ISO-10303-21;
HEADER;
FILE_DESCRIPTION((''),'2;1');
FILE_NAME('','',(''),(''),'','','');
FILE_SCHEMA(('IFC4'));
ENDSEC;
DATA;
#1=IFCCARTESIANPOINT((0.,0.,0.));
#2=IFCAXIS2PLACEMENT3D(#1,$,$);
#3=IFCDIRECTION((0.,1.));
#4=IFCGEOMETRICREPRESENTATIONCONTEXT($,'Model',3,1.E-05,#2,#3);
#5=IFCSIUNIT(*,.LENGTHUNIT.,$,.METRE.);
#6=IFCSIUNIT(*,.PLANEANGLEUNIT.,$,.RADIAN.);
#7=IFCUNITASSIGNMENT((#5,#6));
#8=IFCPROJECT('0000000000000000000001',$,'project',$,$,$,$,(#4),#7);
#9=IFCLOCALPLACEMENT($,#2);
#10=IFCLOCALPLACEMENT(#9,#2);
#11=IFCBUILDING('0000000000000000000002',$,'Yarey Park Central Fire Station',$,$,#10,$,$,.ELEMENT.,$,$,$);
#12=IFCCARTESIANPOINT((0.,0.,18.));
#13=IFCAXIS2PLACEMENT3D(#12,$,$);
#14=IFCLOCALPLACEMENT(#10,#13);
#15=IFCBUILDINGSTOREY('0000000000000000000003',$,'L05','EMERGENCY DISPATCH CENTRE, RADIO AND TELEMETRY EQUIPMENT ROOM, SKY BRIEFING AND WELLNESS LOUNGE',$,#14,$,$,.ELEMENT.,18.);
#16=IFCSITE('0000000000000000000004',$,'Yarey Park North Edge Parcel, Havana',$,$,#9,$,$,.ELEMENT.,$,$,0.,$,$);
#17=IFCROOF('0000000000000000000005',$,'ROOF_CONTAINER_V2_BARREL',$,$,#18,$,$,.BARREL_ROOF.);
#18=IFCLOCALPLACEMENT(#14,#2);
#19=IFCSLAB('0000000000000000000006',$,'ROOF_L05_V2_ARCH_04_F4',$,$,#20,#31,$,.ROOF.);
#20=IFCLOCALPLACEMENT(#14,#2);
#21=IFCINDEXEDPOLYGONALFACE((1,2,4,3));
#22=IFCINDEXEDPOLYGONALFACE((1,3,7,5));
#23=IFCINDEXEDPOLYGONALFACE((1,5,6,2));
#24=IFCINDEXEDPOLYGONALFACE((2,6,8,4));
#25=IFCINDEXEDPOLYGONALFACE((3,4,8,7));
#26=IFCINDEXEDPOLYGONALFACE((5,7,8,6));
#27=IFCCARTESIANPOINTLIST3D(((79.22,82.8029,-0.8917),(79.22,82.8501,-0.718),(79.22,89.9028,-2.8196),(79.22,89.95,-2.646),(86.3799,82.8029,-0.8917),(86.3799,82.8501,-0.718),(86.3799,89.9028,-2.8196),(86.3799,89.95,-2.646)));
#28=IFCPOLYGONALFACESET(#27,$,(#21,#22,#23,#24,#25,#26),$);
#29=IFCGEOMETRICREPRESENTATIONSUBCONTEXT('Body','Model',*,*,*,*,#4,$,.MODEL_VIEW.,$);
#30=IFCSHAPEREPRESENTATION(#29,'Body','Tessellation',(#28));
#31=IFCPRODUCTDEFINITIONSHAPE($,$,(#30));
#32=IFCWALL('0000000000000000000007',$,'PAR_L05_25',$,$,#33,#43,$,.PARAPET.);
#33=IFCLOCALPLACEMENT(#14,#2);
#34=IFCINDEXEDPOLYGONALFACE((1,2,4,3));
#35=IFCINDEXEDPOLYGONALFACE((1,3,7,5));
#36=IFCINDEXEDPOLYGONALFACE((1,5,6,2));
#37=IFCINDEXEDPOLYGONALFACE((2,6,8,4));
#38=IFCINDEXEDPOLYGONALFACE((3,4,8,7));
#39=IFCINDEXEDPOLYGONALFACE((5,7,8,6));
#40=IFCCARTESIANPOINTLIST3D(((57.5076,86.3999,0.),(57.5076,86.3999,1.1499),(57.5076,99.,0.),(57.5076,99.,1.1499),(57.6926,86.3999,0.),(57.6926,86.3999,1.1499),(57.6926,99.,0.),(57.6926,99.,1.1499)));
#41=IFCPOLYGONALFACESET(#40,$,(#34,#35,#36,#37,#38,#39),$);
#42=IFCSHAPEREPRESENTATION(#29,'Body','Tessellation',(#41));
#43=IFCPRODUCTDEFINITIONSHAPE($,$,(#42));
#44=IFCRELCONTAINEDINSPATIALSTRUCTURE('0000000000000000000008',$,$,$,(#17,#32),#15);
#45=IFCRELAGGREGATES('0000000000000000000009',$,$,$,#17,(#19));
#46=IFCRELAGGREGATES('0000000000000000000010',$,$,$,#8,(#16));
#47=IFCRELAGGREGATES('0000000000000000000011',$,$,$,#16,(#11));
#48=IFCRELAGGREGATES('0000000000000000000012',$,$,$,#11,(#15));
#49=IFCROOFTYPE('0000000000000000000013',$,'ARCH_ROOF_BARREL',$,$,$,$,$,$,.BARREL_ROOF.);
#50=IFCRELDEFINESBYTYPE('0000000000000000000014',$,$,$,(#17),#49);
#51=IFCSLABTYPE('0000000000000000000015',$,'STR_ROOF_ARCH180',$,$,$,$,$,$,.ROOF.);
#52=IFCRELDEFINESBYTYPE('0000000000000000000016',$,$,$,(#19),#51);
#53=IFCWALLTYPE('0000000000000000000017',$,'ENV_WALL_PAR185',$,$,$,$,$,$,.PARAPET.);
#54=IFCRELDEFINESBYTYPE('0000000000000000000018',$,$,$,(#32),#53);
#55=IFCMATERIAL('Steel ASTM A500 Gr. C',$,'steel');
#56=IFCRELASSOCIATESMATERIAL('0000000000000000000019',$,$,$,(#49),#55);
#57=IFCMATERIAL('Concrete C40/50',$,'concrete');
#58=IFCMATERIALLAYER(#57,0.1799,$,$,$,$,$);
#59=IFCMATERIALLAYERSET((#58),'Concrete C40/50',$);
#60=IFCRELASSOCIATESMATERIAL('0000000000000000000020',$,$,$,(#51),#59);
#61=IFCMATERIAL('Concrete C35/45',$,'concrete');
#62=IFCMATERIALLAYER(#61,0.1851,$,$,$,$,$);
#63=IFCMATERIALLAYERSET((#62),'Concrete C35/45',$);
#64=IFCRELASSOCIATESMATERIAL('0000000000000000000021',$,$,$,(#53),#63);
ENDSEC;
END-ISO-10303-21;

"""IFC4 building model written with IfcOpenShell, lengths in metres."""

from ifc_helpers import new_model, si_unit, direction, frame, frame_2d, origin, place, context, subcontext, project, spatial, polyline, rectangle, outline, extrude, material, layer, layer_set, type_object, element, aggregate, save


model = new_model("IFC4")

# Units and contexts
model_context = context("Model", 3, precision=1e-05, world=origin(), true_north=direction((0.0, 1.0)))
body_context = subcontext(model_context, "Body", "Model", "MODEL_VIEW")
ifc_project = project(units=[si_unit("LENGTHUNIT", "METRE"), si_unit("PLANEANGLEUNIT", "RADIAN")], contexts=[model_context])

# Site, building, storey
site_placement = place(None, origin())
site = spatial("IfcSite", under=ifc_project, at=site_placement, Name="Yarey Park North Edge Parcel, Havana", CompositionType="ELEMENT", RefElevation=0.0)
building_placement = place(site_placement, origin())
building = spatial("IfcBuilding", under=site, at=building_placement, Name="Yarey Park Central Fire Station", CompositionType="ELEMENT")
storey_placement = place(building_placement, frame((0.0, 0.0, 18.0)))
storey = spatial("IfcBuildingStorey", under=building, at=storey_placement, Name="L05", Description="EMERGENCY DISPATCH CENTRE, RADIO AND TELEMETRY EQUIPMENT ROOM, SKY BRIEFING AND WELLNESS LOUNGE", CompositionType="ELEMENT", Elevation=18.0)

# Shared definitions
ifc_material_1 = material(Name="Steel ASTM A500 Gr. C", Category="steel")

# Roof, slab
roof_type = type_object("IfcRoofType", Name="ARCH_ROOF_BARREL", PredefinedType="BARREL_ROOF", material=ifc_material_1)
roof_placement = place(storey_placement, origin())
roof = element("IfcRoof", 1, at=roof_placement, inside=storey, type_object=roof_type, Name="ROOF_CONTAINER_V2_BARREL", PredefinedType="BARREL_ROOF")
ifc_material_2 = material(Name="Concrete C40/50", Category="concrete")
ifc_layer_1 = layer(ifc_material_2, 0.1799)
ifc_layer_set_1 = layer_set([ifc_layer_1], Name="Concrete C40/50")
slab_type = type_object("IfcSlabType", Name="STR_ROOF_ARCH180", PredefinedType="ROOF", material=ifc_layer_set_1)
slab_1_placement = place(storey_placement, frame((79.22, 82.8501, -0.718), z_axis=(0.0, 0.262061, 0.965051), x_axis=(1.0, 0.0, 0.0)))
slab_1 = element("IfcSlab", 2, at=slab_1_placement, type_object=slab_type, Name="ROOF_L05_V2_ARCH_04_F4", PredefinedType="ROOF", context=body_context, shape_type="SweptSolid", body=[
    extrude(outline(polyline([(0.0, 0.0), (7.1599, 0.0), (7.1599, 7.357), (0.0, 7.357), (0.0, 0.0)])), origin(), (0.0, 0.0, -1.0), 0.1799),
])
aggregate(roof, [slab_1])

# Wall
ifc_material_3 = material(Name="Concrete C35/45", Category="concrete")
ifc_layer_2 = layer(ifc_material_3, 0.1851)
ifc_layer_set_2 = layer_set([ifc_layer_2], Name="Concrete C35/45")
wall_type = type_object("IfcWallType", Name="ENV_WALL_PAR185", PredefinedType="PARAPET", material=ifc_layer_set_2)
wall_placement = place(storey_placement, frame((57.6001, 99.0, 0.0), z_axis=(0.0, 0.0, 1.0), x_axis=(0.0, -1.0, 0.0)))
element("IfcWall", 3, at=wall_placement, inside=storey, type_object=wall_type, Name="PAR_L05_25", PredefinedType="PARAPET", context=body_context, shape_type="SweptSolid", body=[
    extrude(rectangle(XDim=12.6001, YDim=0.1851, at=frame_2d((6.3, 0.0))), origin(), (0.0, 0.0, 1.0), 1.1499),
])

save(model, "model.ifc")
